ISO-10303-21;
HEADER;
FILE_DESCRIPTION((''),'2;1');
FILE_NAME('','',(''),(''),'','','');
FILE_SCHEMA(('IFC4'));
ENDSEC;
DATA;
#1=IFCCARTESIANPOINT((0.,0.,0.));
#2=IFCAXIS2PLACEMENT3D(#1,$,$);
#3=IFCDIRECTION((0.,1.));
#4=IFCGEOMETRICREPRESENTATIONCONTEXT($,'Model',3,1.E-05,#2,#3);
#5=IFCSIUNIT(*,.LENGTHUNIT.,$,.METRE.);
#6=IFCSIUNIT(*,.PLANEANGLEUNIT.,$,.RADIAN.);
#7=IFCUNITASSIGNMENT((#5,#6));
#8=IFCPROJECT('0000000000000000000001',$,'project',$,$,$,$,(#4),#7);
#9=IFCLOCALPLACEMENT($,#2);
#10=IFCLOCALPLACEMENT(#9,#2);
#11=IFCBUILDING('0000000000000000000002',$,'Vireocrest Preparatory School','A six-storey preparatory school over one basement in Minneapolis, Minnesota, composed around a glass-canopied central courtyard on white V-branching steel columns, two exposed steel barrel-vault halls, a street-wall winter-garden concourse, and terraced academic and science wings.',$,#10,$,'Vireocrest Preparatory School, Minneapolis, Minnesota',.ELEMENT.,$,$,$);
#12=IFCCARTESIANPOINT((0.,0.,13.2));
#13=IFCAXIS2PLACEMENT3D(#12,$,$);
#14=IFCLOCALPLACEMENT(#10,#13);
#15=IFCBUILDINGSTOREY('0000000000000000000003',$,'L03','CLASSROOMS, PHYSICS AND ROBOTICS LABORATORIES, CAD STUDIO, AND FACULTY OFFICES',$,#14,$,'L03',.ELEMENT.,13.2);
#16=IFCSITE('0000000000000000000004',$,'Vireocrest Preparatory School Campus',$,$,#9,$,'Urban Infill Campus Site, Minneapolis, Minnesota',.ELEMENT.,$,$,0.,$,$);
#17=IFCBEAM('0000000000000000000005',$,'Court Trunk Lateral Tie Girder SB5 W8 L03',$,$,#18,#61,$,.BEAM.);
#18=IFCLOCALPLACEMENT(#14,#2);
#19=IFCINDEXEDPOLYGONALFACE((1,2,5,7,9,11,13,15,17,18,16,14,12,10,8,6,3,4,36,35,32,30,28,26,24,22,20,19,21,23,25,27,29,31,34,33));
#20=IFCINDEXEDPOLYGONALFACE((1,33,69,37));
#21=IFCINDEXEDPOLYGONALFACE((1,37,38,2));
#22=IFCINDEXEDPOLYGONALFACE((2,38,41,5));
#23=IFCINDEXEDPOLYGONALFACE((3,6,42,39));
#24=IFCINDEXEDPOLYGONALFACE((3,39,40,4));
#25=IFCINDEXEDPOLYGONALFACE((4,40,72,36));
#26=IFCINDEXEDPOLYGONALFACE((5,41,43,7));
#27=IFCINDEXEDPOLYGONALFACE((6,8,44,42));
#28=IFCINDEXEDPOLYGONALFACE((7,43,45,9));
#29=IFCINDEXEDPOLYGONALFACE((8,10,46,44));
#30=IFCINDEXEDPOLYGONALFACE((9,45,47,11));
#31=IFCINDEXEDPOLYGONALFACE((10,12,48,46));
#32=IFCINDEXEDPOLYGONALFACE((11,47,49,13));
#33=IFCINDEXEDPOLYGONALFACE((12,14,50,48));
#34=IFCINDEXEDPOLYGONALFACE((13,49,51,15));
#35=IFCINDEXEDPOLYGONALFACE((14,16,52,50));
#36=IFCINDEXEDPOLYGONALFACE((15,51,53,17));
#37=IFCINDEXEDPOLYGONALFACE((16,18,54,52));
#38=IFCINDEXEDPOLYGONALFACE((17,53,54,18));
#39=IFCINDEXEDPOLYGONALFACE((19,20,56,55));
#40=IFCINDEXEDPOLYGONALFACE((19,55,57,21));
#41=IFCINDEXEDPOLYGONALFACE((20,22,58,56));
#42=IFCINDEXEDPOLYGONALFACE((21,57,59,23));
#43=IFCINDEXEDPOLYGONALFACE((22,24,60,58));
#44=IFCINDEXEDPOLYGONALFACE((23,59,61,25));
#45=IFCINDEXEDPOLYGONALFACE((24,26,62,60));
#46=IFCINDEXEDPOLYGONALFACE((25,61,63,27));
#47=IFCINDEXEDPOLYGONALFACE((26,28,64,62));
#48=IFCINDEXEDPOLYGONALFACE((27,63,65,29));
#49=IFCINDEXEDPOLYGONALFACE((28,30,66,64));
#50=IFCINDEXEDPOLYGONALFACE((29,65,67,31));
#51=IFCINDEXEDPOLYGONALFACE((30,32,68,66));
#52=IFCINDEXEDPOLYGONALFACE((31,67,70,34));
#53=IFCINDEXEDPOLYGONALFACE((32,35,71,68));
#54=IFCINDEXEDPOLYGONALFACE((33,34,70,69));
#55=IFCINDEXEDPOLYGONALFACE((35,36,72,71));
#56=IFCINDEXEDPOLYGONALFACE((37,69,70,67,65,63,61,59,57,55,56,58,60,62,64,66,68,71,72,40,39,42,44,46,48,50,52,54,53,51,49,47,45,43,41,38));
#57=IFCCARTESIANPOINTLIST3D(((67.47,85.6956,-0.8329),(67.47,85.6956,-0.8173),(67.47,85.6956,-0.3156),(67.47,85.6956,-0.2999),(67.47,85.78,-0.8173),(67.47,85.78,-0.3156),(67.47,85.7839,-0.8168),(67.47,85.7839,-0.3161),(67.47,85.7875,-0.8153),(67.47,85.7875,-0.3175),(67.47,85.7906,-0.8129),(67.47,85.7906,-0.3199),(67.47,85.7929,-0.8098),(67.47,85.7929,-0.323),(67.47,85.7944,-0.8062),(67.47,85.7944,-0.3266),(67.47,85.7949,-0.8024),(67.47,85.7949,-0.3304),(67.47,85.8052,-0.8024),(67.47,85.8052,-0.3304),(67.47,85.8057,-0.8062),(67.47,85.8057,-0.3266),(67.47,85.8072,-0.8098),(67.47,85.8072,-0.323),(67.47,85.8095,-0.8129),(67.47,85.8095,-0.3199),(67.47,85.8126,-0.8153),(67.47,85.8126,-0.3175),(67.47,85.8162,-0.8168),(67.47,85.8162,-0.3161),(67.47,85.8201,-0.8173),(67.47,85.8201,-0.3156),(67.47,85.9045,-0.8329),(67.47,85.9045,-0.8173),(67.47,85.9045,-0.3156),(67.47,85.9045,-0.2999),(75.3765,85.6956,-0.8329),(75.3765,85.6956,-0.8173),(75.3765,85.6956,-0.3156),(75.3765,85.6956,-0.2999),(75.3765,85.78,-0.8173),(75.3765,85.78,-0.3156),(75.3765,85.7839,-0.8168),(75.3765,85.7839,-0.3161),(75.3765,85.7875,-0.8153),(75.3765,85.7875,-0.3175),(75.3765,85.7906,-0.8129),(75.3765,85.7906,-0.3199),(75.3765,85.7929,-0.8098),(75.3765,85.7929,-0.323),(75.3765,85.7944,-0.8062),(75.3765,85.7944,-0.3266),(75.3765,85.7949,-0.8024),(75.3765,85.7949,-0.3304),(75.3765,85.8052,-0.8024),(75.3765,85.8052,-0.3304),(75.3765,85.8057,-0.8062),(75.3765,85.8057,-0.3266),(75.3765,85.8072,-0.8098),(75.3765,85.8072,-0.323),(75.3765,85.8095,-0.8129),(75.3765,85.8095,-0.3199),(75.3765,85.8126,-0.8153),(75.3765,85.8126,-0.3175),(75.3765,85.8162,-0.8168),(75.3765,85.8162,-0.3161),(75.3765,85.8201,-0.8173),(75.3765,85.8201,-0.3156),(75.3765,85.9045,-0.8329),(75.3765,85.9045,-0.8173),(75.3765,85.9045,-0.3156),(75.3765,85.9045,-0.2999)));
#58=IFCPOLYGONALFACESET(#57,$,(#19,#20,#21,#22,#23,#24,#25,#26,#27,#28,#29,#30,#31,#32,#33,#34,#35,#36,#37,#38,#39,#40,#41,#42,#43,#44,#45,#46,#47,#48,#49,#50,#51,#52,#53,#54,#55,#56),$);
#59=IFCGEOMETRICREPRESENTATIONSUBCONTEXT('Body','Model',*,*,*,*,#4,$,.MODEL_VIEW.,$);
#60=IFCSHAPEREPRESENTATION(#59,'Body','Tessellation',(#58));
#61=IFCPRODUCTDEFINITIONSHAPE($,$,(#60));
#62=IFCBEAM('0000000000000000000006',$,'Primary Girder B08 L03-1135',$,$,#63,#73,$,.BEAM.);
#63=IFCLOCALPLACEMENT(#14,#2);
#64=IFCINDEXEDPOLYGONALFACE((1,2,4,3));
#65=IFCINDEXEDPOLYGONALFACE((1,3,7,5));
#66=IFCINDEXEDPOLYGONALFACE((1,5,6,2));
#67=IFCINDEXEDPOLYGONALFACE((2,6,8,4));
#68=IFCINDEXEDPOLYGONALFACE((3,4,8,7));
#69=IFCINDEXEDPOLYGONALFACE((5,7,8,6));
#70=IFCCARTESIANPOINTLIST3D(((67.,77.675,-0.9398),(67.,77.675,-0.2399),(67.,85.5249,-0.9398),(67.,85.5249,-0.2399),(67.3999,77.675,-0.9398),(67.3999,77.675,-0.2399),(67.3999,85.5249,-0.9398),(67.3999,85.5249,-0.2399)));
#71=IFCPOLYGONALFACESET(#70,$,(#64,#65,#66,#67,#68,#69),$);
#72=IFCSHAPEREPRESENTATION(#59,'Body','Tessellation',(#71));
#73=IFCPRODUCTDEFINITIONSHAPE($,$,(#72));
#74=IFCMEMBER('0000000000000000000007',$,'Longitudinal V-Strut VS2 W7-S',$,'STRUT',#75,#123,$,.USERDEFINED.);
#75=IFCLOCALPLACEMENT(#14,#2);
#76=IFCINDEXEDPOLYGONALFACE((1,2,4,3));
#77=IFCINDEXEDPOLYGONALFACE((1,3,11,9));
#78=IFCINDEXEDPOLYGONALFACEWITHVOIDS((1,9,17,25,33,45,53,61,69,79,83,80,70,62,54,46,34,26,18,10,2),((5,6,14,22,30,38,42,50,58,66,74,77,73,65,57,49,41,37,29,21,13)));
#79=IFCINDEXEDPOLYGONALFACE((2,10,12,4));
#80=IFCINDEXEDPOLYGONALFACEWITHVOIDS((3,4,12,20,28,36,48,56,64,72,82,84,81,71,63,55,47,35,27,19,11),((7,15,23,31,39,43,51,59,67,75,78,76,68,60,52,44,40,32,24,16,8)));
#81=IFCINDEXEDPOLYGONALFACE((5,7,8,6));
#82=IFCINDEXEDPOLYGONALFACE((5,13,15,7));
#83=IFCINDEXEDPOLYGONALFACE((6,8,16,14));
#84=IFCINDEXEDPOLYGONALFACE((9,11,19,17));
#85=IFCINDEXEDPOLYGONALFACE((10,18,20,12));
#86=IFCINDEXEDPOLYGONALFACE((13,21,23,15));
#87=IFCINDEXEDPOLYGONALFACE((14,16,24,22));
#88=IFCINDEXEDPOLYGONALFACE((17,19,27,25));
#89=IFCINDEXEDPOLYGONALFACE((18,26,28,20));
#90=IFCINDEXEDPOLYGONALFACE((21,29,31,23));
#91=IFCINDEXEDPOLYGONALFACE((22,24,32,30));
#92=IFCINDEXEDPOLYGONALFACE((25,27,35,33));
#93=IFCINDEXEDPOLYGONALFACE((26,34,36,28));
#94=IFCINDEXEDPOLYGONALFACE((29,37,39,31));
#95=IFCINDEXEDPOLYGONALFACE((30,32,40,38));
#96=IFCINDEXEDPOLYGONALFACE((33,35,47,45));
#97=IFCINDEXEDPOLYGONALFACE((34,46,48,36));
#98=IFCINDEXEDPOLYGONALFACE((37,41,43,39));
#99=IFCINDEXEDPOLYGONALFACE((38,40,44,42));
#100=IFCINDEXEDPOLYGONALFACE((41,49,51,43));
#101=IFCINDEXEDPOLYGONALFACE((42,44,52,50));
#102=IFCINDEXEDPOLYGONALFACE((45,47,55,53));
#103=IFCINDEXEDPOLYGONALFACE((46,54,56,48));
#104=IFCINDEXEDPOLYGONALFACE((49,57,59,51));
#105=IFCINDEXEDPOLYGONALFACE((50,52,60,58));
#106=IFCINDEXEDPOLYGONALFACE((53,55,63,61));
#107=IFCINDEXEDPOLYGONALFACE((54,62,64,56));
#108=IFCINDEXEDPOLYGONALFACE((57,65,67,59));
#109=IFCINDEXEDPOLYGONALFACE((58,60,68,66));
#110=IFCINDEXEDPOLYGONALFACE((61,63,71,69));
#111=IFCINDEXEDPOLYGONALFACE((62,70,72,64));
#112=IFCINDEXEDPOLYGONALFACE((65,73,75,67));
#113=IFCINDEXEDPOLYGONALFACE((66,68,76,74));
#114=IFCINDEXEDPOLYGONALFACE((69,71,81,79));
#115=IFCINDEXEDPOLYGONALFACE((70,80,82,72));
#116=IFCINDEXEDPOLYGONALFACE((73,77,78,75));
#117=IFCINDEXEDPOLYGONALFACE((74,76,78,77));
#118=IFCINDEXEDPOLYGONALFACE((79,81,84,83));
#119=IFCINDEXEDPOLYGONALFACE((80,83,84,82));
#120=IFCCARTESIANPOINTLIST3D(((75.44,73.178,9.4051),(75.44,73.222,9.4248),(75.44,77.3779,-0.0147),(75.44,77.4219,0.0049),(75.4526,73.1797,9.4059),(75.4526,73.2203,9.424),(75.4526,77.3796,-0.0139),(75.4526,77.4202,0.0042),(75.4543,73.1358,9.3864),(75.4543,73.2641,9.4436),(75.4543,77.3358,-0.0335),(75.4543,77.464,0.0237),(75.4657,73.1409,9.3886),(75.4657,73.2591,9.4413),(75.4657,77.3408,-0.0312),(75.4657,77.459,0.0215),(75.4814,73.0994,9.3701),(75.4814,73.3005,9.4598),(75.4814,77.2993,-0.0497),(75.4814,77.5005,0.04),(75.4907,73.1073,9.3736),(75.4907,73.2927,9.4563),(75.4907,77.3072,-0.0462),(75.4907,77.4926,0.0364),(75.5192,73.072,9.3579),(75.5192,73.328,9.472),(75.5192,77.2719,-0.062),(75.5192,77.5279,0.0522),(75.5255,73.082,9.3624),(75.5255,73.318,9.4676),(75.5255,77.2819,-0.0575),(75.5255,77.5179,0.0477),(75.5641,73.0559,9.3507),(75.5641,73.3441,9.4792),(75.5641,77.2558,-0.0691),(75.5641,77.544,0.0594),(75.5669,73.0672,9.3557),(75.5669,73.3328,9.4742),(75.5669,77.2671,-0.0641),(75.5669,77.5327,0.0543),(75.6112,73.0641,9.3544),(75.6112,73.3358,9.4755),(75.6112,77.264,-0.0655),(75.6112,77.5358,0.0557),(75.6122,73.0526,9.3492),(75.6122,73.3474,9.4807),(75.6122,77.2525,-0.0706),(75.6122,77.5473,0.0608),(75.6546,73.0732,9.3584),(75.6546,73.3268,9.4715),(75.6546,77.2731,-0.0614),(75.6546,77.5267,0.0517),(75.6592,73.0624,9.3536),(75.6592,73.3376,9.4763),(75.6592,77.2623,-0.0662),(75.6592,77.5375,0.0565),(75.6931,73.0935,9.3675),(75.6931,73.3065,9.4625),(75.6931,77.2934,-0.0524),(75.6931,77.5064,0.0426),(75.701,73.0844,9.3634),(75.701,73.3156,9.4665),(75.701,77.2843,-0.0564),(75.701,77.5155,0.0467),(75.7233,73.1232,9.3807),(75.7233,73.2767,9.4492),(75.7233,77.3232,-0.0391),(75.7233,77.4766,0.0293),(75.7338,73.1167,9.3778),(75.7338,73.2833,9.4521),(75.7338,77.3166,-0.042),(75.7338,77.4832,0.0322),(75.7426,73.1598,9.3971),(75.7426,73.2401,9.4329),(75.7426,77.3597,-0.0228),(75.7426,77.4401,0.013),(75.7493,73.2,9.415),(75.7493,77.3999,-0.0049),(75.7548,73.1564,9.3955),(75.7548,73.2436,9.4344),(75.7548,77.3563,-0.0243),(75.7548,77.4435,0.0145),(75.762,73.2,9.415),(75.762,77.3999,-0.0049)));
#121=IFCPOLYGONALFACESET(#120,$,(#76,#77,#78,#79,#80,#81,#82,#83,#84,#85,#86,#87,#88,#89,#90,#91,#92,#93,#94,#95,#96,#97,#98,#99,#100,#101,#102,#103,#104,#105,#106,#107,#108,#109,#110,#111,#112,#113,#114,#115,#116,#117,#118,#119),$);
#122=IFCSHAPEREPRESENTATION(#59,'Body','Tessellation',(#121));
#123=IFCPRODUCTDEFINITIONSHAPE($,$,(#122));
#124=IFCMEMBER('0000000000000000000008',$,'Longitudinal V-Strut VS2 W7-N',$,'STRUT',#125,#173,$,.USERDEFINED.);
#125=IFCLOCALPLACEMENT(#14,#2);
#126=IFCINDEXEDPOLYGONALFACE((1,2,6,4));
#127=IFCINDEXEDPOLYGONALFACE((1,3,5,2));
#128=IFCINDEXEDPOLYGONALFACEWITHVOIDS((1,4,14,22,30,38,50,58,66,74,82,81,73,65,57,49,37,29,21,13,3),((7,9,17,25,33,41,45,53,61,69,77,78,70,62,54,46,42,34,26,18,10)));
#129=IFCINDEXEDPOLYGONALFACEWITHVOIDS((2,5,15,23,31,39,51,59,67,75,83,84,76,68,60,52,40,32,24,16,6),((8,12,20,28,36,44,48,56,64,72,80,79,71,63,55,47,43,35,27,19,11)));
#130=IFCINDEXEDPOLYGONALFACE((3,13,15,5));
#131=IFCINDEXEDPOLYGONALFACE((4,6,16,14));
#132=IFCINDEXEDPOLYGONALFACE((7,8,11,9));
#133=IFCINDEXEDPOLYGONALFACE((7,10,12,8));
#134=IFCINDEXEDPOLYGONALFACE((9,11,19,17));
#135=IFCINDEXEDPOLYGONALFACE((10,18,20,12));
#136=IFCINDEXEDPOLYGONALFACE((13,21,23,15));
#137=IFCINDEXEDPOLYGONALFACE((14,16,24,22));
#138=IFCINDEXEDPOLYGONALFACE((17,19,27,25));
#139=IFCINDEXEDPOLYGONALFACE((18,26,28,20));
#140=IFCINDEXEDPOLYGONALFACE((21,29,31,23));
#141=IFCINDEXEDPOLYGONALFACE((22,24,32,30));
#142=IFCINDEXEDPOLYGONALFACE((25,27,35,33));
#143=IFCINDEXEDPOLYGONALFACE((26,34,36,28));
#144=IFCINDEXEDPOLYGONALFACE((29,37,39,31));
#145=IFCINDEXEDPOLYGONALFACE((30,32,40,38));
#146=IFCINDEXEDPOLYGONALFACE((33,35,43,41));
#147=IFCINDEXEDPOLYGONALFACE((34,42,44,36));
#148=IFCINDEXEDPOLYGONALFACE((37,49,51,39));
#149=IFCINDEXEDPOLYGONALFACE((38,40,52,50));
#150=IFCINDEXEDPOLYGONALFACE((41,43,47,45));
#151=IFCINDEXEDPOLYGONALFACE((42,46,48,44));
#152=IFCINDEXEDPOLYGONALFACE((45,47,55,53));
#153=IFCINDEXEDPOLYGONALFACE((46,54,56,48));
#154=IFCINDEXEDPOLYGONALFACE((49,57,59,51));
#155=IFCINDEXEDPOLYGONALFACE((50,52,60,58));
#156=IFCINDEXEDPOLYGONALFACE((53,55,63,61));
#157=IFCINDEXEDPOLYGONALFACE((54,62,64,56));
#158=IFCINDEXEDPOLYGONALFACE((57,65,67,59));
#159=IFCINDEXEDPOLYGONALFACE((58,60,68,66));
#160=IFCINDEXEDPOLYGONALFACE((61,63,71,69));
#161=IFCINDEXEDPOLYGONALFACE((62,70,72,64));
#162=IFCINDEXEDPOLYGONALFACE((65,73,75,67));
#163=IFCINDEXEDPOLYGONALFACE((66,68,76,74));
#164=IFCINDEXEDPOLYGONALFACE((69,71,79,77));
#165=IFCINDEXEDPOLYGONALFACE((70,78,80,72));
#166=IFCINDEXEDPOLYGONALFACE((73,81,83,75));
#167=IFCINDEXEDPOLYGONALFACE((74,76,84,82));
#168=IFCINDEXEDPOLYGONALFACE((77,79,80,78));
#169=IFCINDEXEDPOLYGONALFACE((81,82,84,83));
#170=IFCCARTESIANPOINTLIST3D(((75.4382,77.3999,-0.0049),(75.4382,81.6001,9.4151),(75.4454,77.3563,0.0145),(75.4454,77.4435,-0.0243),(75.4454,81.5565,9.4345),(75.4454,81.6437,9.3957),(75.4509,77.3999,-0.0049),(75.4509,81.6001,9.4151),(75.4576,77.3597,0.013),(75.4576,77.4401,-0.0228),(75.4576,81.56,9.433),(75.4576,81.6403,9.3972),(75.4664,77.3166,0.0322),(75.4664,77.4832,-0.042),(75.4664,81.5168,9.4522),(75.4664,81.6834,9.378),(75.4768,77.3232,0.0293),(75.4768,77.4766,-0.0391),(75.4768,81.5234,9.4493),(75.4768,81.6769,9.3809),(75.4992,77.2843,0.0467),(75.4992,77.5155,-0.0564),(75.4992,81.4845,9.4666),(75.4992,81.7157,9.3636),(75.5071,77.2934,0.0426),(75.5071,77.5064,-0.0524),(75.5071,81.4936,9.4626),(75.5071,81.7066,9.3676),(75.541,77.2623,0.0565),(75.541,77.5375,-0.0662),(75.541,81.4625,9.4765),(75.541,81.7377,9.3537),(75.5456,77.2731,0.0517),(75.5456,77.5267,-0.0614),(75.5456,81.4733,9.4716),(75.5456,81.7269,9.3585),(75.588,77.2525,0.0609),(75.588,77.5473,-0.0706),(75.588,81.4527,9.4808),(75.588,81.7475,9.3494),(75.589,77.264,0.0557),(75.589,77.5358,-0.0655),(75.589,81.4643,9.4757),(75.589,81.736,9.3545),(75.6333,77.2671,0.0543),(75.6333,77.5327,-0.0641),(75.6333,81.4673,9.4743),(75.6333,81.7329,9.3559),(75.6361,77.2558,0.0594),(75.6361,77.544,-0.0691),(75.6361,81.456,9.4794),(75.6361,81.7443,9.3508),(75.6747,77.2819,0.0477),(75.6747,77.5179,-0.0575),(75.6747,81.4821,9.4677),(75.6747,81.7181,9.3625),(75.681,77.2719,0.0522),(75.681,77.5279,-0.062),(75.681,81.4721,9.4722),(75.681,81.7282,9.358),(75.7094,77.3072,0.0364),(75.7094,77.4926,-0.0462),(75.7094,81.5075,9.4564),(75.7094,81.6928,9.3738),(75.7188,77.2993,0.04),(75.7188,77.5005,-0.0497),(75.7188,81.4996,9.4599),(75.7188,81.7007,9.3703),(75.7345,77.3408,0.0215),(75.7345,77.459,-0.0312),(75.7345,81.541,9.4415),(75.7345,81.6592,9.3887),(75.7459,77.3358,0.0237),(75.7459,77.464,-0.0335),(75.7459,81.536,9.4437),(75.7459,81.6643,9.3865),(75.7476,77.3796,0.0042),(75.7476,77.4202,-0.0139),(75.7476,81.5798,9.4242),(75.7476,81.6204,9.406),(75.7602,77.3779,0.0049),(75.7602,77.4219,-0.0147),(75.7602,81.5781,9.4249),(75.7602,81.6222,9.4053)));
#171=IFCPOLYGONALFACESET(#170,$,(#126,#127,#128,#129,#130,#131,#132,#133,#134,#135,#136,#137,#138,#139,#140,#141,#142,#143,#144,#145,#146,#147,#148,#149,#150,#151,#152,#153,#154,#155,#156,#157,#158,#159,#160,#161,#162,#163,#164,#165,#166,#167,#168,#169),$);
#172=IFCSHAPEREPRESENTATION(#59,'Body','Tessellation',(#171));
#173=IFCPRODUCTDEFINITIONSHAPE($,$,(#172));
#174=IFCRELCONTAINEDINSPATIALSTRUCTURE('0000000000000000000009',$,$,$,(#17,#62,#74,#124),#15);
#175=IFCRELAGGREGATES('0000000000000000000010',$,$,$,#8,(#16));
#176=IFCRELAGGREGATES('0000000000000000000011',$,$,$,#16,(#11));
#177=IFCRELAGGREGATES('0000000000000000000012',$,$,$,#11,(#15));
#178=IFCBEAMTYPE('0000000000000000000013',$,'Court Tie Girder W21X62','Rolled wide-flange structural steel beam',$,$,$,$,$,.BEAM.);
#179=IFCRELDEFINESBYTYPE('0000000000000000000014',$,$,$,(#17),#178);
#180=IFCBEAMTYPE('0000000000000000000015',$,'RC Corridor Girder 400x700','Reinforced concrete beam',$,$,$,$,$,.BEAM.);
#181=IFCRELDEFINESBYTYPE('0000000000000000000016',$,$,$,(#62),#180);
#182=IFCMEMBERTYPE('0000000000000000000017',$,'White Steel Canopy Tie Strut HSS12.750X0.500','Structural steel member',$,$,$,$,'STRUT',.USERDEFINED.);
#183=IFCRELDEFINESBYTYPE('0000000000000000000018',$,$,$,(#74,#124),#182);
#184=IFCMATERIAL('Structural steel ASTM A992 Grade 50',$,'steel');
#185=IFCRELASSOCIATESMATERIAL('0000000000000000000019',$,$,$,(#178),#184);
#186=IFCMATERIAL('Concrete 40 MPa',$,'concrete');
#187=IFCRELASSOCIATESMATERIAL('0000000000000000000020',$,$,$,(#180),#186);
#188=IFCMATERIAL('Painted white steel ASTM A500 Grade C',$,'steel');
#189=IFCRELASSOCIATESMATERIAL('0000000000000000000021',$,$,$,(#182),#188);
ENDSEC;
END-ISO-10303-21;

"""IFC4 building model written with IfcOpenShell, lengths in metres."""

from ifc_helpers import new_model, si_unit, direction, frame, origin, origin_2d, place, context, subcontext, project, spatial, rectangle, hollow_circle, i_section, extrude, material, material_profile, profile_set, type_object, element, save


model = new_model("IFC4")

# Units and contexts
model_context = context("Model", 3, precision=1e-05, world=origin(), true_north=direction((0.0, 1.0)))
body_context = subcontext(model_context, "Body", "Model", "MODEL_VIEW")
ifc_project = project(units=[si_unit("LENGTHUNIT", "METRE"), si_unit("PLANEANGLEUNIT", "RADIAN")], contexts=[model_context])

# Site, building, storey
site_placement = place(None, origin())
site = spatial("IfcSite", under=ifc_project, at=site_placement, Name="Vireocrest Preparatory School Campus", LongName="Urban Infill Campus Site, Minneapolis, Minnesota", CompositionType="ELEMENT", RefElevation=0.0)
building_placement = place(site_placement, origin())
building = spatial("IfcBuilding", under=site, at=building_placement, Name="Vireocrest Preparatory School", Description="A six-storey preparatory school over one basement in Minneapolis, Minnesota, composed around a glass-canopied central courtyard on white V-branching steel columns, two exposed steel barrel-vault halls, a street-wall winter-garden concourse, and terraced academic and science wings.", LongName="Vireocrest Preparatory School, Minneapolis, Minnesota", CompositionType="ELEMENT")
storey_placement = place(building_placement, frame((0.0, 0.0, 13.2)))
storey = spatial("IfcBuildingStorey", under=building, at=storey_placement, Name="L03", Description="CLASSROOMS, PHYSICS AND ROBOTICS LABORATORIES, CAD STUDIO, AND FACULTY OFFICES", LongName="L03", CompositionType="ELEMENT", Elevation=13.2)

# Beams
ifc_material_1 = material(Name="Structural steel ASTM A992 Grade 50", Category="steel")
ifc_material_profile_1 = material_profile(ifc_material_1, i_section(OverallWidth=0.209, OverallDepth=0.533, WebThickness=0.0103, FlangeThickness=0.0156, FilletRadius=0.0149, at=origin_2d()), Name="W21X62")
ifc_profile_set_1 = profile_set([ifc_material_profile_1], Name="Structural steel ASTM A992 Grade 50")
beam_type_1 = type_object("IfcBeamType", Name="Court Tie Girder W21X62", Description="Rolled wide-flange structural steel beam", PredefinedType="BEAM", material=ifc_profile_set_1)
beam_1_placement = place(storey_placement, frame((67.47, 85.8, -0.5664), z_axis=(1.0, 0.0, 0.0), x_axis=(0.0, 1.0, 0.0)))
element("IfcBeam", 1, at=beam_1_placement, inside=storey, type_object=beam_type_1, Name="Court Trunk Lateral Tie Girder SB5 W8 L03", PredefinedType="BEAM", context=body_context, shape_type="SweptSolid", body=[
    extrude(i_section(OverallWidth=0.209, OverallDepth=0.533, WebThickness=0.0103, FlangeThickness=0.0156, FilletRadius=0.0149, at=origin_2d()), origin(), (0.0, 0.0, 1.0), 7.9065),
])
ifc_material_2 = material(Name="Concrete 40 MPa", Category="concrete")
ifc_material_profile_2 = material_profile(ifc_material_2, rectangle(XDim=0.3999, YDim=0.7, at=origin_2d()), Name="RC 400x700")
ifc_profile_set_2 = profile_set([ifc_material_profile_2], Name="Concrete 40 MPa")
beam_type_2 = type_object("IfcBeamType", Name="RC Corridor Girder 400x700", Description="Reinforced concrete beam", PredefinedType="BEAM", material=ifc_profile_set_2)
beam_2_placement = place(storey_placement, frame((67.2, 77.675, -0.5898), z_axis=(0.0, 1.0, 0.0), x_axis=(-1.0, 0.0, 0.0)))
element("IfcBeam", 2, at=beam_2_placement, inside=storey, type_object=beam_type_2, Name="Primary Girder B08 L03-1135", PredefinedType="BEAM", context=body_context, shape_type="SweptSolid", body=[
    extrude(rectangle(XDim=0.3999, YDim=0.7, at=origin_2d()), origin(), (0.0, 0.0, 1.0), 7.8499),
])

# Members
ifc_material_3 = material(Name="Painted white steel ASTM A500 Grade C", Category="steel")
ifc_material_profile_3 = material_profile(ifc_material_3, hollow_circle(Radius=0.1619, WallThickness=0.0127, at=origin_2d()), Name="HSS12.750X0.500")
ifc_profile_set_3 = profile_set([ifc_material_profile_3], Name="Painted white steel ASTM A500 Grade C")
member_type_1 = type_object("IfcMemberType", Name="White Steel Canopy Tie Strut HSS12.750X0.500", Description="Structural steel member", ElementType="STRUT", PredefinedType="USERDEFINED", material=ifc_profile_set_3)
member_1_placement = place(storey_placement, frame((75.6001, 77.3999, -0.0049), z_axis=(0.0, -0.407217, 0.913332), x_axis=(1.0, 0.0, 0.0)))
element("IfcMember", 3, at=member_1_placement, inside=storey, type_object=member_type_1, Name="Longitudinal V-Strut VS2 W7-S", ObjectType="STRUT", PredefinedType="USERDEFINED", context=body_context, shape_type="SweptSolid", body=[
    extrude(hollow_circle(Radius=0.1619, WallThickness=0.0127, at=origin_2d()), origin(), (0.0, 0.0, 1.0), 10.3137),
])
member_2_placement = place(storey_placement, frame((75.6001, 77.3999, -0.0049), z_axis=(0.0, 0.407236, 0.913323), x_axis=(-1.0, 0.0, 0.0)))
element("IfcMember", 4, at=member_2_placement, inside=storey, type_object=member_type_1, Name="Longitudinal V-Strut VS2 W7-N", ObjectType="STRUT", PredefinedType="USERDEFINED", context=body_context, shape_type="SweptSolid", body=[
    extrude(hollow_circle(Radius=0.1619, WallThickness=0.0127, at=origin_2d()), origin(), (0.0, 0.0, 1.0), 10.314),
])

save(model, "model.ifc")
